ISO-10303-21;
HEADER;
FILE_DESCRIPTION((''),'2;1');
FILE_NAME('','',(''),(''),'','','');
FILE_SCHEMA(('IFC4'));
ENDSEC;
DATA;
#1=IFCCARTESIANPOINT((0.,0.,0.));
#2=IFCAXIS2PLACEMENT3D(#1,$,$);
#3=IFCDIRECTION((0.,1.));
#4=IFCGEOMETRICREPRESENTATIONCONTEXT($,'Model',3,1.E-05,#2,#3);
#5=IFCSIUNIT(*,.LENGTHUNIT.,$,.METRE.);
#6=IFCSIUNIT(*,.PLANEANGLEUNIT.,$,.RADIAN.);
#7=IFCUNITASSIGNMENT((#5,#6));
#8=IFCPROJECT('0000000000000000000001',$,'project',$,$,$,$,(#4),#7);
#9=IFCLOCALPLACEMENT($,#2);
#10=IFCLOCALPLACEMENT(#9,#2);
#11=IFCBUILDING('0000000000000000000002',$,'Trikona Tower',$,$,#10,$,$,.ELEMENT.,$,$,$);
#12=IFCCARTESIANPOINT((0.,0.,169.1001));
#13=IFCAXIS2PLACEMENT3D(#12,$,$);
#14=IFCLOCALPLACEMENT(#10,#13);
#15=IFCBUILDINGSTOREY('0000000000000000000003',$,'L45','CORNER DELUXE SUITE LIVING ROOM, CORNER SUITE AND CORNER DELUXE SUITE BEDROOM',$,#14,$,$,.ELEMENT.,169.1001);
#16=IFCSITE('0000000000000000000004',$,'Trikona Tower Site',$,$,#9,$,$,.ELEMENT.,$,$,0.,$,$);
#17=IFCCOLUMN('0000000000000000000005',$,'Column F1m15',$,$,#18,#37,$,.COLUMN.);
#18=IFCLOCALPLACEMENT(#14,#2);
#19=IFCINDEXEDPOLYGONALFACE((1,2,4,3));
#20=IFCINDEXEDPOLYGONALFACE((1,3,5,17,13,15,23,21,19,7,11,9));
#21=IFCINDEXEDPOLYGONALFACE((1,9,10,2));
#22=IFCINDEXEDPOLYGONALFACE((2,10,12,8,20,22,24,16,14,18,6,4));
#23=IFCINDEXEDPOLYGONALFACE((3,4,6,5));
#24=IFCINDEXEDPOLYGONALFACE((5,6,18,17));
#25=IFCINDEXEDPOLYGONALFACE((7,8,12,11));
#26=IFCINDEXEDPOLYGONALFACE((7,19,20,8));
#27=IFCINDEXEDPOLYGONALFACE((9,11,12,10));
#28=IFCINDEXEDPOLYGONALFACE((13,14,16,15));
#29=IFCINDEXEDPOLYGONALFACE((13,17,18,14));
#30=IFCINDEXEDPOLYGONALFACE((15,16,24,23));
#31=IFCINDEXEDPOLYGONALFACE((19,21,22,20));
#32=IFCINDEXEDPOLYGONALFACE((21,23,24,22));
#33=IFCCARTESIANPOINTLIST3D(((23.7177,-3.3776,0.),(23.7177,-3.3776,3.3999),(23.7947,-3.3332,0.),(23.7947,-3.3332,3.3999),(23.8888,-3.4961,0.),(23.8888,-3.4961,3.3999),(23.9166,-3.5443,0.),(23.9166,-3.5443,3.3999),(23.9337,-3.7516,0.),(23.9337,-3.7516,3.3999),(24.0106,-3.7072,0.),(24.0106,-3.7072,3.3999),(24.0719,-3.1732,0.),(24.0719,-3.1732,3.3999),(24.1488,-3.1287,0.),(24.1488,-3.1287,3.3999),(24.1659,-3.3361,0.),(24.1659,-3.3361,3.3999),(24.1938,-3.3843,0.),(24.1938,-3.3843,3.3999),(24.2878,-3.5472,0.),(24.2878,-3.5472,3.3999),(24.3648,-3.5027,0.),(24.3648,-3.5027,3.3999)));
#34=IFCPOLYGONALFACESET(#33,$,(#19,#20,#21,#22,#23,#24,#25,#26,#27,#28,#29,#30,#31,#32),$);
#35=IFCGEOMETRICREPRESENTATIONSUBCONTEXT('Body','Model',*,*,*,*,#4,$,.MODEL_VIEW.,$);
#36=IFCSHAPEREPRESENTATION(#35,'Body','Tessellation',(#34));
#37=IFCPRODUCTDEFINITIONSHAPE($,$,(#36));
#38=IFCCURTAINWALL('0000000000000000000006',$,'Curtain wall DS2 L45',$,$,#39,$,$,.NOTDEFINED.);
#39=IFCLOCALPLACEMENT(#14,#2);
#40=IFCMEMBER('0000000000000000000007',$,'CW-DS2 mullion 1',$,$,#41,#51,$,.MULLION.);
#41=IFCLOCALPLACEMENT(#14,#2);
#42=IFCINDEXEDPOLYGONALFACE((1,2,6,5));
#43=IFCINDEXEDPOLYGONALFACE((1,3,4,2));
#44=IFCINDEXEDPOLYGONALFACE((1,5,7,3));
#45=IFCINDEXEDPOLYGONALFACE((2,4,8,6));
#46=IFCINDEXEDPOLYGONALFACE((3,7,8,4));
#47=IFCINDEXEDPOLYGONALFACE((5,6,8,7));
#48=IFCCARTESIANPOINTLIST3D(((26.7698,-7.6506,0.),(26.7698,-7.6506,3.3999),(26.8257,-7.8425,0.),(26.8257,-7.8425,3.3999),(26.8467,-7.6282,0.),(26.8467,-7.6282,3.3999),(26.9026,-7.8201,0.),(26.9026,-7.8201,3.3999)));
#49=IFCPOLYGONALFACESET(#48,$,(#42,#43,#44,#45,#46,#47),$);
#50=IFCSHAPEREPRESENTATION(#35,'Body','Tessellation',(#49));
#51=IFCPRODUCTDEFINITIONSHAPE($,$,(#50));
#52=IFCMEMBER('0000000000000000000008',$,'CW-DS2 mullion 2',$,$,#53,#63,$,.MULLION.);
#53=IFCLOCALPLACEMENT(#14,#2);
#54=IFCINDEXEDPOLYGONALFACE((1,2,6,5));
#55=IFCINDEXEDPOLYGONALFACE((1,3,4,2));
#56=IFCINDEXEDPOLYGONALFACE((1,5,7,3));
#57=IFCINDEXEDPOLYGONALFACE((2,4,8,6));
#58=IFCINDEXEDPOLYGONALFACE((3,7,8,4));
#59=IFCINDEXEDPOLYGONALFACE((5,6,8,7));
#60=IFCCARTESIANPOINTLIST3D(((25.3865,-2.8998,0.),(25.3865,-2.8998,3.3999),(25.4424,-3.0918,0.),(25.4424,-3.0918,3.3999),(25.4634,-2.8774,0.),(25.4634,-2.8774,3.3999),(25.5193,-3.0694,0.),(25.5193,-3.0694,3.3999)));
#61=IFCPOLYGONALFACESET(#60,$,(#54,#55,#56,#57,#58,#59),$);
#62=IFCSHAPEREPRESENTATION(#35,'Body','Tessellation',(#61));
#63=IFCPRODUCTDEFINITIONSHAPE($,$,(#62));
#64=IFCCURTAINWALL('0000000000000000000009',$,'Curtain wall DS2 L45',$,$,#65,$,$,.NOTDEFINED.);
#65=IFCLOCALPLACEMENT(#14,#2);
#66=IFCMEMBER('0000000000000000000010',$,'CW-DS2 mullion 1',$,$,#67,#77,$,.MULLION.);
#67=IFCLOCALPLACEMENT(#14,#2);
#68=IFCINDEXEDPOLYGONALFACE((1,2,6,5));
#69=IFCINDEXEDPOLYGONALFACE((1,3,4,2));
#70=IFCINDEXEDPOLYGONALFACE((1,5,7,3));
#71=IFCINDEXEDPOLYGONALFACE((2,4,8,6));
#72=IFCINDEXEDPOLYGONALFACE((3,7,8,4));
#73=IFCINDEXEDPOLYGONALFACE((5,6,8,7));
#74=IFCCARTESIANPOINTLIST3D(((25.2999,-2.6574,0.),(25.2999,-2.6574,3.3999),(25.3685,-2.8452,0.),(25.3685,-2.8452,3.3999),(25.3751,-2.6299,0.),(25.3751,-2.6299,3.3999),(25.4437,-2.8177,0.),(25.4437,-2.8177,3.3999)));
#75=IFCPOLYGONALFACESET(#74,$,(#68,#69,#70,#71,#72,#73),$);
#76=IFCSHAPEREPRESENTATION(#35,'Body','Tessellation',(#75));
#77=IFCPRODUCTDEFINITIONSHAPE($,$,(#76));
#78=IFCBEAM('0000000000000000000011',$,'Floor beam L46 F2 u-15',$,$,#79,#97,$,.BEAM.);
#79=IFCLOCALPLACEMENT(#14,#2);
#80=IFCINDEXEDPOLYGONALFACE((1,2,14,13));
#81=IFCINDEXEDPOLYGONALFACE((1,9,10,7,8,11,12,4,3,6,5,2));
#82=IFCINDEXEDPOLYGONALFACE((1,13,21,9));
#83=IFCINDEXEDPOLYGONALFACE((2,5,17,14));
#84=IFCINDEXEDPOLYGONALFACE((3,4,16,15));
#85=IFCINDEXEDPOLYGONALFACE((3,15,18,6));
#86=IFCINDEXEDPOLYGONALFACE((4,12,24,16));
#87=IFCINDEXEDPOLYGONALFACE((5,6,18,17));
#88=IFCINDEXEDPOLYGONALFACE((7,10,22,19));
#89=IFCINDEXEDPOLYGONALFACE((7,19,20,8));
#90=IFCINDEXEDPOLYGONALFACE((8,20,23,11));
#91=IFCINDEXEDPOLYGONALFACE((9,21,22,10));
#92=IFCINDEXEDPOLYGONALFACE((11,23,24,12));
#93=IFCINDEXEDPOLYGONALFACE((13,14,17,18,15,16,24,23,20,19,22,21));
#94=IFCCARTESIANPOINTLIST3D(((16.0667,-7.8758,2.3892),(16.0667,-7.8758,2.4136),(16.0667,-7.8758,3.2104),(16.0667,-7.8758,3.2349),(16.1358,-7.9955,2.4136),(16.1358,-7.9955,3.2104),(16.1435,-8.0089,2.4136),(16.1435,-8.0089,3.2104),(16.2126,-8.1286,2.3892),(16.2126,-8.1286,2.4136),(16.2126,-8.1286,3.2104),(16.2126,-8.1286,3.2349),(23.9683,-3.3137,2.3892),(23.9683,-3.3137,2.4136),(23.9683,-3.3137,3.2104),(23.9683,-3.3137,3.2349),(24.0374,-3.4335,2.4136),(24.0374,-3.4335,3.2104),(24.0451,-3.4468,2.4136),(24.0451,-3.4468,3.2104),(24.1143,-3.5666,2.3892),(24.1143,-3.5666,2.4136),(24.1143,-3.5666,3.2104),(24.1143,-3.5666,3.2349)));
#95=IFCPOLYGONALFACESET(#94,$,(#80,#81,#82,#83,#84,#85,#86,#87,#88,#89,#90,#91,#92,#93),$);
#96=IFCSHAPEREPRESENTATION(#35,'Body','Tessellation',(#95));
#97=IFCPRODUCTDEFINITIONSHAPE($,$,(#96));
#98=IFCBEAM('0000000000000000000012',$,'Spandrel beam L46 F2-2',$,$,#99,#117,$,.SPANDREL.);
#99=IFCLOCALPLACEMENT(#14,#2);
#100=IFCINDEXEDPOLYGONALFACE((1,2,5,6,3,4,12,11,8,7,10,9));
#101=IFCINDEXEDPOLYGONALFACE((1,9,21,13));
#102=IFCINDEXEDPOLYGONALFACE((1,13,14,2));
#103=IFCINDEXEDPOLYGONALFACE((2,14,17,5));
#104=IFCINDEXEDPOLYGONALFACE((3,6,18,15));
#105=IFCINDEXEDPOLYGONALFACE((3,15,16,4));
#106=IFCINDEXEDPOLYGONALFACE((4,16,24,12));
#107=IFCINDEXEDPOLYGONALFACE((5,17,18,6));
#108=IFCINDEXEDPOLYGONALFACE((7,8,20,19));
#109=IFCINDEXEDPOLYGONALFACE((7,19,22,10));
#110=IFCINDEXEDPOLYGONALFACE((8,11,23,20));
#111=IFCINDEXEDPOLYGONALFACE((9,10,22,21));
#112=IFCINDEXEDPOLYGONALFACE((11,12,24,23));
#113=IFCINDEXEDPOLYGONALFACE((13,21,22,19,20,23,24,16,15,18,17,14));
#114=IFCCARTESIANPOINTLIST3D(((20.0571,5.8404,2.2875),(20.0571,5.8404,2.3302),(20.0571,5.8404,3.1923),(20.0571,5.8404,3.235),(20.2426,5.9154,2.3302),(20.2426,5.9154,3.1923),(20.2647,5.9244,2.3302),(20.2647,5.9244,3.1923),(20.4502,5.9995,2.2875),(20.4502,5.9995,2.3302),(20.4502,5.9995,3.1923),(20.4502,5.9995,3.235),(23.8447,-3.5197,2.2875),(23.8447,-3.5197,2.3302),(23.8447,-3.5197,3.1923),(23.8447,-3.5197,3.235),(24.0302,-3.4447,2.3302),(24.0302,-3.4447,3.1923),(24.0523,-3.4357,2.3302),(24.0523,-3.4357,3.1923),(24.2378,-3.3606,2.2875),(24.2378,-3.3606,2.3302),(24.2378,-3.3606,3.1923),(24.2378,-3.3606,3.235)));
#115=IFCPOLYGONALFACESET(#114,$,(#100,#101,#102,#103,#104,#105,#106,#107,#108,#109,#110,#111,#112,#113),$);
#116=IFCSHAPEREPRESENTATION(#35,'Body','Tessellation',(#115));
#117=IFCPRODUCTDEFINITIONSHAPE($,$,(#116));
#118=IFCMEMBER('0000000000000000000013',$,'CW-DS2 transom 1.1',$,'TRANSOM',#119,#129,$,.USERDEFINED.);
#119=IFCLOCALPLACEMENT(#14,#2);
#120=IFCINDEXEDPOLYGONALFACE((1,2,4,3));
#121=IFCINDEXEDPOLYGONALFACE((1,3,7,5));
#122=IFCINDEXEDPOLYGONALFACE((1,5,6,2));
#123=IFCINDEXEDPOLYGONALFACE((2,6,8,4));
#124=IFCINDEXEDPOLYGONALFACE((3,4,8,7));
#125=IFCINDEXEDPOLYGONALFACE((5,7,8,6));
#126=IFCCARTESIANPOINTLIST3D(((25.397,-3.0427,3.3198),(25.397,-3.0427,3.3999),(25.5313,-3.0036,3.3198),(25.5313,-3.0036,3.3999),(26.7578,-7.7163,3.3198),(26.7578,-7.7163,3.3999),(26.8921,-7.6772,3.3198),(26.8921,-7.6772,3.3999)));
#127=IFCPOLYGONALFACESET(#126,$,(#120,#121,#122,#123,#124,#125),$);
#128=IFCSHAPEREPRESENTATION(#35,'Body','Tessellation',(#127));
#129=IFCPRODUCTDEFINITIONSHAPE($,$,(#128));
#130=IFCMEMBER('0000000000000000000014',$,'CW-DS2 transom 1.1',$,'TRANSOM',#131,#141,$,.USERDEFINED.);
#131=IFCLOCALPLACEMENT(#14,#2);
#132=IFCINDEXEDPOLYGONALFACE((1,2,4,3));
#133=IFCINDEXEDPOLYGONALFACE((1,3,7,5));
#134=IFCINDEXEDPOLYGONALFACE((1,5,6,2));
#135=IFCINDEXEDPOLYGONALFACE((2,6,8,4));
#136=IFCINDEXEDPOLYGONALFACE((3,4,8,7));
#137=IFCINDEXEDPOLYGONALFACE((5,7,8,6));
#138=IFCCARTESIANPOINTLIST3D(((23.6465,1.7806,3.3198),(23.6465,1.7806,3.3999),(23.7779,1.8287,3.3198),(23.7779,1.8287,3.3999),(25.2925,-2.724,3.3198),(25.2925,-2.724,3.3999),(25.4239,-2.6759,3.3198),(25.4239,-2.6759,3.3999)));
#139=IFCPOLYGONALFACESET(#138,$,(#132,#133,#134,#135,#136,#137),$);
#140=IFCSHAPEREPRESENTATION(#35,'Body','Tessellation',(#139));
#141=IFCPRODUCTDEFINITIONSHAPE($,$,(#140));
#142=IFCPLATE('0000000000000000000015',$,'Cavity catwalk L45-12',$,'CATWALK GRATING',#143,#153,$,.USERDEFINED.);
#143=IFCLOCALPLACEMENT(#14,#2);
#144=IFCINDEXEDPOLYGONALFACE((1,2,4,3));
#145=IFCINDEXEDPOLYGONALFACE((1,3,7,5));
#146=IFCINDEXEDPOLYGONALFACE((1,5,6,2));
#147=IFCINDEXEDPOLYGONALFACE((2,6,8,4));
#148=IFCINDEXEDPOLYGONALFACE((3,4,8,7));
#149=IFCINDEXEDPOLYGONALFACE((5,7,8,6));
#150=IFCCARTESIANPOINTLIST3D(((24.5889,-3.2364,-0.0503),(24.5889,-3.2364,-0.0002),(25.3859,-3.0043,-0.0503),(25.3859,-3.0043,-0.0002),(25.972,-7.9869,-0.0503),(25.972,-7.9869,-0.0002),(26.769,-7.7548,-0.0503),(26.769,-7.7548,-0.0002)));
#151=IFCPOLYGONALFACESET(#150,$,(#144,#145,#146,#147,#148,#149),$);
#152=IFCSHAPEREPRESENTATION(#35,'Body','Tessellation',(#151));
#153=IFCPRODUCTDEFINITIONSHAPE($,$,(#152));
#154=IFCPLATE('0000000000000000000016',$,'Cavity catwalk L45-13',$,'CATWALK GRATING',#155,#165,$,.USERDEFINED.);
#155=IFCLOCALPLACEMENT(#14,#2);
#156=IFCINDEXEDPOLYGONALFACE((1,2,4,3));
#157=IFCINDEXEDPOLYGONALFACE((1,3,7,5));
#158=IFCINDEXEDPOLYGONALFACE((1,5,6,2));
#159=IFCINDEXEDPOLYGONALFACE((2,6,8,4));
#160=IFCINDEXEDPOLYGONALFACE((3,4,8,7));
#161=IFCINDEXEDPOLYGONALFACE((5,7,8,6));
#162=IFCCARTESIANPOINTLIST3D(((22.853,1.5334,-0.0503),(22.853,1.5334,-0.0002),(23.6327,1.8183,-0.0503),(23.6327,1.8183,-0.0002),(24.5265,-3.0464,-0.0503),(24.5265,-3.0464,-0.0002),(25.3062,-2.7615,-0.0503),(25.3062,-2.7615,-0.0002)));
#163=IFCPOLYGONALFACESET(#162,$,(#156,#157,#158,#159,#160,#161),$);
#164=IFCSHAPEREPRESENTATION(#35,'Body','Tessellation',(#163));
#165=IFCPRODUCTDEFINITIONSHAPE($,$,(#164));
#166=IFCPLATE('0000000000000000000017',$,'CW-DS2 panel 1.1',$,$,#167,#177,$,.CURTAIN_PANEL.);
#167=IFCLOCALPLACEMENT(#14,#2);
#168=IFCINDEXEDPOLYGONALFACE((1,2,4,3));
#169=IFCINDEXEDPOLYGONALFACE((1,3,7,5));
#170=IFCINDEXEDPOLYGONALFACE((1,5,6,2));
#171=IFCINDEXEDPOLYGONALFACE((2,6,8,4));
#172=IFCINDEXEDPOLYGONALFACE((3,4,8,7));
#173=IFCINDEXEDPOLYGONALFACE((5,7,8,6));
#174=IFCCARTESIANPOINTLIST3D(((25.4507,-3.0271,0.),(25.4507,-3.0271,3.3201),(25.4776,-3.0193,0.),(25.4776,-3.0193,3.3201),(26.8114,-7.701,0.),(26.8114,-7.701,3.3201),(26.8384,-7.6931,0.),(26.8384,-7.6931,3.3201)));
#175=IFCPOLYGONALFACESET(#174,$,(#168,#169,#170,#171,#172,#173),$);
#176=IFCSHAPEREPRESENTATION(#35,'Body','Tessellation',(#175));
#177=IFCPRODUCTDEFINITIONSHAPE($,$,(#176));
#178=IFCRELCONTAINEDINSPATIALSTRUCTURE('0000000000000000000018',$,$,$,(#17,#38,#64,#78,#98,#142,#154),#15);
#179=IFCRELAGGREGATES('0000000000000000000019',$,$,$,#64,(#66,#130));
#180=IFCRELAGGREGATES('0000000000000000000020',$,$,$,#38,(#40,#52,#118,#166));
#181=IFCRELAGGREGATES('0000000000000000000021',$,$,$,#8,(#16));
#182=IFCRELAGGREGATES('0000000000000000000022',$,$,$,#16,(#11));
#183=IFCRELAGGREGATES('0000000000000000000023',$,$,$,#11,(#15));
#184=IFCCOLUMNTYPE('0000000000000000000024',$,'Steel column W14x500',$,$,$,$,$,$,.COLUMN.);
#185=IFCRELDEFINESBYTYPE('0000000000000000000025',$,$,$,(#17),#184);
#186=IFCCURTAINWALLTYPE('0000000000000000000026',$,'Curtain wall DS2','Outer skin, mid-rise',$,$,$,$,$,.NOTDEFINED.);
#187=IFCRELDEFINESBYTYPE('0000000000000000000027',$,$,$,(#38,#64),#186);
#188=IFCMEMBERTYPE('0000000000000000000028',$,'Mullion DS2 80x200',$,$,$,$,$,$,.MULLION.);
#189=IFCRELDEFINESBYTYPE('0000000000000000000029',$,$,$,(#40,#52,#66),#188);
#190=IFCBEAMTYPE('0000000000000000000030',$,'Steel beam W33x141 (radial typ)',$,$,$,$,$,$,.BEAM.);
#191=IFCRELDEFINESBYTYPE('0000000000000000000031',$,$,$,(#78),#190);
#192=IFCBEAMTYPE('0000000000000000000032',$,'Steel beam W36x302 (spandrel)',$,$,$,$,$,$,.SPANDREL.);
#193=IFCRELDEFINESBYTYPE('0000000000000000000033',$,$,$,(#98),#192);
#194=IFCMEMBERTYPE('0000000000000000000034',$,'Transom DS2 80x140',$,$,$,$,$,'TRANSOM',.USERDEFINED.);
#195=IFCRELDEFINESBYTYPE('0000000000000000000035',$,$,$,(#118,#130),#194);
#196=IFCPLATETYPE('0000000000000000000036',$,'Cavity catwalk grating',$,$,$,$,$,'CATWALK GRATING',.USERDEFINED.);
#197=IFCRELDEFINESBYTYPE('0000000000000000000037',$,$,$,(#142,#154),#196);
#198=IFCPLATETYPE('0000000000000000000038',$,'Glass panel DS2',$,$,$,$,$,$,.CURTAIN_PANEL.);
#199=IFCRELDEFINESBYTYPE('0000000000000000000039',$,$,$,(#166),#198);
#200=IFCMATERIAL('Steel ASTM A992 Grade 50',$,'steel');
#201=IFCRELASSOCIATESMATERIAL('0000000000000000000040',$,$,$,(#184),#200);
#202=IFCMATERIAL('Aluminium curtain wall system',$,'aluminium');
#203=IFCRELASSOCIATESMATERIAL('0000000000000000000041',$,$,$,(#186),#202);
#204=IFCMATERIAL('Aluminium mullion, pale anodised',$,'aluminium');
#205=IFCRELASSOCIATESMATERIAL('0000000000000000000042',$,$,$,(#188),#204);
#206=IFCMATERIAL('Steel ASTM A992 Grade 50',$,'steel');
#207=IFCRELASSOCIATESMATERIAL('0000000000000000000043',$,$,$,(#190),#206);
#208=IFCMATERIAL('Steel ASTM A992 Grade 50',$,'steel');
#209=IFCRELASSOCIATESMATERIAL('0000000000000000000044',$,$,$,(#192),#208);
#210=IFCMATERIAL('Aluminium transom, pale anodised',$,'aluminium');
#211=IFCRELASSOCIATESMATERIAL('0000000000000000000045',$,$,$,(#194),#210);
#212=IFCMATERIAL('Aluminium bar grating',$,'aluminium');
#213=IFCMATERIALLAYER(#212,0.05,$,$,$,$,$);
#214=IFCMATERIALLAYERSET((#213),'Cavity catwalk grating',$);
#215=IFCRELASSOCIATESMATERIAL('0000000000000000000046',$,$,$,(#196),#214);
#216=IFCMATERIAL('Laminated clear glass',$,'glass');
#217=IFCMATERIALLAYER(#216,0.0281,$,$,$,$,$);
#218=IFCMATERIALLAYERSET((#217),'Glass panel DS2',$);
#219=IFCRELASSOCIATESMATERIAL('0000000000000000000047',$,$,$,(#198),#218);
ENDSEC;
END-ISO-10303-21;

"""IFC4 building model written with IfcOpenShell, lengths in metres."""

from ifc_helpers import new_model, si_unit, direction, frame, origin, origin_2d, place, context, subcontext, project, spatial, rectangle, i_section, extrude, material, layer, layer_set, material_profile, profile_set, type_object, element, aggregate, save


model = new_model("IFC4")

# Units and contexts
model_context = context("Model", 3, precision=1e-05, world=origin(), true_north=direction((0.0, 1.0)))
body_context = subcontext(model_context, "Body", "Model", "MODEL_VIEW")
ifc_project = project(units=[si_unit("LENGTHUNIT", "METRE"), si_unit("PLANEANGLEUNIT", "RADIAN")], contexts=[model_context])

# Site, building, storey
site_placement = place(None, origin())
site = spatial("IfcSite", under=ifc_project, at=site_placement, Name="Trikona Tower Site", CompositionType="ELEMENT", RefElevation=0.0)
building_placement = place(site_placement, origin())
building = spatial("IfcBuilding", under=site, at=building_placement, Name="Trikona Tower", CompositionType="ELEMENT")
storey_placement = place(building_placement, frame((0.0, 0.0, 169.1001)))
storey = spatial("IfcBuildingStorey", under=building, at=storey_placement, Name="L45", Description="CORNER DELUXE SUITE LIVING ROOM, CORNER SUITE AND CORNER DELUXE SUITE BEDROOM", CompositionType="ELEMENT", Elevation=169.1001)

# Column
ifc_material_1 = material(Name="Steel ASTM A992 Grade 50", Category="steel")
ifc_material_profile_1 = material_profile(ifc_material_1, i_section(OverallWidth=0.4319, OverallDepth=0.4978, WebThickness=0.0557, FlangeThickness=0.0889, at=origin_2d()), Name="W14X500")
ifc_profile_set_1 = profile_set([ifc_material_profile_1], Name="Steel ASTM A992 Grade 50")
column_type = type_object("IfcColumnType", Name="Steel column W14x500", PredefinedType="COLUMN", material=ifc_profile_set_1)
column_placement = place(storey_placement, frame((24.0413, -3.4402, 0.0), z_axis=(0.0, 0.0, 1.0), x_axis=(-0.5, 0.866025, 0.0)))
element("IfcColumn", 1, at=column_placement, inside=storey, type_object=column_type, Name="Column F1m15", PredefinedType="COLUMN", context=body_context, shape_type="SweptSolid", body=[
    extrude(i_section(OverallWidth=0.4319, OverallDepth=0.4978, WebThickness=0.0557, FlangeThickness=0.0889, at=origin_2d()), origin(), (0.0, 0.0, 1.0), 3.3999),
])

# Curtain wall, members
ifc_material_2 = material(Name="Aluminium curtain wall system", Category="aluminium")
curtain_wall_type = type_object("IfcCurtainWallType", Name="Curtain wall DS2", Description="Outer skin, mid-rise", PredefinedType="NOTDEFINED", material=ifc_material_2)
curtain_wall_1_placement = place(storey_placement, origin())
curtain_wall_1 = element("IfcCurtainWall", 2, at=curtain_wall_1_placement, inside=storey, type_object=curtain_wall_type, Name="Curtain wall DS2 L45", PredefinedType="NOTDEFINED")
ifc_material_3 = material(Name="Aluminium mullion, pale anodised", Category="aluminium")
ifc_material_profile_2 = material_profile(ifc_material_3, rectangle(XDim=0.0801, YDim=0.2, at=origin_2d()), Name="MUL-DS2")
ifc_profile_set_2 = profile_set([ifc_material_profile_2], Name="Aluminium mullion, pale anodised")
member_type_1 = type_object("IfcMemberType", Name="Mullion DS2 80x200", PredefinedType="MULLION", material=ifc_profile_set_2)
member_1_placement = place(storey_placement, frame((26.8362, -7.7354, 0.0), z_axis=(0.0, 0.0, 1.0), x_axis=(-0.960133, -0.279543, 0.0)))
member_1 = element("IfcMember", 3, at=member_1_placement, type_object=member_type_1, Name="CW-DS2 mullion 1", PredefinedType="MULLION", context=body_context, shape_type="SweptSolid", body=[
    extrude(rectangle(XDim=0.0801, YDim=0.2, at=origin_2d()), origin(), (0.0, 0.0, 1.0), 3.3999),
])
member_2_placement = place(storey_placement, frame((25.4529, -2.9846, 0.0), z_axis=(0.0, 0.0, 1.0), x_axis=(-0.960133, -0.279543, 0.0)))
member_2 = element("IfcMember", 4, at=member_2_placement, type_object=member_type_1, Name="CW-DS2 mullion 2", PredefinedType="MULLION", context=body_context, shape_type="SweptSolid", body=[
    extrude(rectangle(XDim=0.0801, YDim=0.2, at=origin_2d()), origin(), (0.0, 0.0, 1.0), 3.3999),
])

# Curtain wall, member
curtain_wall_2_placement = place(storey_placement, origin())
curtain_wall_2 = element("IfcCurtainWall", 5, at=curtain_wall_2_placement, inside=storey, type_object=curtain_wall_type, Name="Curtain wall DS2 L45", PredefinedType="NOTDEFINED")
member_3_placement = place(storey_placement, frame((25.3718, -2.7375, 0.0), z_axis=(0.0, 0.0, 1.0), x_axis=(-0.939254, -0.343223, 0.0)))
member_3 = element("IfcMember", 6, at=member_3_placement, type_object=member_type_1, Name="CW-DS2 mullion 1", PredefinedType="MULLION", context=body_context, shape_type="SweptSolid", body=[
    extrude(rectangle(XDim=0.0801, YDim=0.2, at=origin_2d()), origin(), (0.0, 0.0, 1.0), 3.3999),
])

# Beams
ifc_material_4 = material(Name="Steel ASTM A992 Grade 50", Category="steel")
ifc_material_profile_3 = material_profile(ifc_material_4, i_section(OverallWidth=0.292, OverallDepth=0.8457, WebThickness=0.0154, FlangeThickness=0.0244, at=origin_2d()), Name="W33X141")
ifc_profile_set_3 = profile_set([ifc_material_profile_3], Name="Steel ASTM A992 Grade 50")
beam_type_1 = type_object("IfcBeamType", Name="Steel beam W33x141 (radial typ)", PredefinedType="BEAM", material=ifc_profile_set_3)
beam_1_placement = place(storey_placement, frame((16.1396, -8.0022, 2.812), z_axis=(0.866025, 0.500001, 0.0), x_axis=(-0.500001, 0.866025, 0.0)))
element("IfcBeam", 7, at=beam_1_placement, inside=storey, type_object=beam_type_1, Name="Floor beam L46 F2 u-15", PredefinedType="BEAM", context=body_context, shape_type="SweptSolid", body=[
    extrude(i_section(OverallWidth=0.292, OverallDepth=0.8457, WebThickness=0.0154, FlangeThickness=0.0244, at=origin_2d()), origin(), (0.0, 0.0, 1.0), 9.124),
])
ifc_material_5 = material(Name="Steel ASTM A992 Grade 50", Category="steel")
ifc_material_profile_4 = material_profile(ifc_material_5, i_section(OverallWidth=0.4241, OverallDepth=0.9475, WebThickness=0.0239, FlangeThickness=0.0427, at=origin_2d()), Name="W36X302")
ifc_profile_set_4 = profile_set([ifc_material_profile_4], Name="Steel ASTM A992 Grade 50")
beam_type_2 = type_object("IfcBeamType", Name="Steel beam W36x302 (spandrel)", PredefinedType="SPANDREL", material=ifc_profile_set_4)
beam_2_placement = place(storey_placement, frame((24.0413, -3.4402, 2.7612), z_axis=(-0.375106, 0.926982, 0.0), x_axis=(-0.926982, -0.375106, 0.0)))
element("IfcBeam", 8, at=beam_2_placement, inside=storey, type_object=beam_type_2, Name="Spandrel beam L46 F2-2", PredefinedType="SPANDREL", context=body_context, shape_type="SweptSolid", body=[
    extrude(i_section(OverallWidth=0.4241, OverallDepth=0.9475, WebThickness=0.0239, FlangeThickness=0.0427, at=origin_2d()), origin(), (0.0, 0.0, 1.0), 10.0974),
])

# Members
ifc_material_6 = material(Name="Aluminium transom, pale anodised", Category="aluminium")
ifc_material_profile_5 = material_profile(ifc_material_6, rectangle(XDim=0.1399, YDim=0.0801, at=origin_2d()), Name="TRN-DS2")
ifc_profile_set_5 = profile_set([ifc_material_profile_5], Name="Aluminium transom, pale anodised")
member_type_2 = type_object("IfcMemberType", Name="Transom DS2 80x140", ElementType="TRANSOM", PredefinedType="USERDEFINED", material=ifc_profile_set_5)
member_4_placement = place(storey_placement, frame((26.825, -7.6968, 3.3599), z_axis=(-0.279567, 0.960126, 0.0), x_axis=(-0.960126, -0.279567, 0.0)))
member_4 = element("IfcMember", 9, at=member_4_placement, type_object=member_type_2, Name="CW-DS2 transom 1.1", ObjectType="TRANSOM", PredefinedType="USERDEFINED", context=body_context, shape_type="SweptSolid", body=[
    extrude(rectangle(XDim=0.1399, YDim=0.0801, at=origin_2d()), origin(), (0.0, 0.0, 1.0), 4.8677),
])
member_5_placement = place(storey_placement, frame((25.3582, -2.7, 3.3599), z_axis=(-0.343206, 0.93926, 0.0), x_axis=(-0.93926, -0.343206, 0.0)))
member_5 = element("IfcMember", 10, at=member_5_placement, type_object=member_type_2, Name="CW-DS2 transom 1.1", ObjectType="TRANSOM", PredefinedType="USERDEFINED", context=body_context, shape_type="SweptSolid", body=[
    extrude(rectangle(XDim=0.1399, YDim=0.0801, at=origin_2d()), origin(), (0.0, 0.0, 1.0), 4.7959),
])
aggregate(curtain_wall_2, [member_3, member_5])

# Plates
ifc_material_7 = material(Name="Aluminium bar grating", Category="aluminium")
ifc_layer_1 = layer(ifc_material_7, 0.05)
ifc_layer_set_1 = layer_set([ifc_layer_1], Name="Cavity catwalk grating")
plate_type_1 = type_object("IfcPlateType", Name="Cavity catwalk grating", ElementType="CATWALK GRATING", PredefinedType="USERDEFINED", material=ifc_layer_set_1)
plate_1_placement = place(storey_placement, frame((25.679, -5.4956, -0.0503), z_axis=(0.0, 0.0, 1.0), x_axis=(-0.279554, 0.96013, 0.0)))
element("IfcPlate", 11, at=plate_1_placement, inside=storey, type_object=plate_type_1, Name="Cavity catwalk L45-12", ObjectType="CATWALK GRATING", PredefinedType="USERDEFINED", context=body_context, shape_type="SweptSolid", body=[
    extrude(rectangle(XDim=4.9478, YDim=0.8301, at=origin_2d()), origin(), (0.0, 0.0, 1.0), 0.05),
])
plate_2_placement = place(storey_placement, frame((24.0796, -0.614, -0.0503), z_axis=(0.0, 0.0, 1.0), x_axis=(-0.34322, 0.939255, 0.0)))
element("IfcPlate", 12, at=plate_2_placement, inside=storey, type_object=plate_type_1, Name="Cavity catwalk L45-13", ObjectType="CATWALK GRATING", PredefinedType="USERDEFINED", context=body_context, shape_type="SweptSolid", body=[
    extrude(rectangle(XDim=4.876, YDim=0.8301, at=origin_2d()), origin(), (0.0, 0.0, 1.0), 0.05),
])

# Plate
ifc_material_8 = material(Name="Laminated clear glass", Category="glass")
ifc_layer_2 = layer(ifc_material_8, 0.0281)
ifc_layer_set_2 = layer_set([ifc_layer_2], Name="Glass panel DS2")
plate_type_2 = type_object("IfcPlateType", Name="Glass panel DS2", PredefinedType="CURTAIN_PANEL", material=ifc_layer_set_2)
plate_3_placement = place(storey_placement, frame((26.1445, -5.3601, 0.0), z_axis=(0.0, 0.0, 1.0), x_axis=(-0.279543, 0.960133, 0.0)))
plate_3 = element("IfcPlate", 13, at=plate_3_placement, type_object=plate_type_2, Name="CW-DS2 panel 1.1", PredefinedType="CURTAIN_PANEL", context=body_context, shape_type="SweptSolid", body=[
    extrude(rectangle(XDim=4.8679, YDim=0.0281, at=origin_2d()), origin(), (0.0, 0.0, 1.0), 3.3201),
])
aggregate(curtain_wall_1, [member_1, member_2, member_4, plate_3])

save(model, "model.ifc")
